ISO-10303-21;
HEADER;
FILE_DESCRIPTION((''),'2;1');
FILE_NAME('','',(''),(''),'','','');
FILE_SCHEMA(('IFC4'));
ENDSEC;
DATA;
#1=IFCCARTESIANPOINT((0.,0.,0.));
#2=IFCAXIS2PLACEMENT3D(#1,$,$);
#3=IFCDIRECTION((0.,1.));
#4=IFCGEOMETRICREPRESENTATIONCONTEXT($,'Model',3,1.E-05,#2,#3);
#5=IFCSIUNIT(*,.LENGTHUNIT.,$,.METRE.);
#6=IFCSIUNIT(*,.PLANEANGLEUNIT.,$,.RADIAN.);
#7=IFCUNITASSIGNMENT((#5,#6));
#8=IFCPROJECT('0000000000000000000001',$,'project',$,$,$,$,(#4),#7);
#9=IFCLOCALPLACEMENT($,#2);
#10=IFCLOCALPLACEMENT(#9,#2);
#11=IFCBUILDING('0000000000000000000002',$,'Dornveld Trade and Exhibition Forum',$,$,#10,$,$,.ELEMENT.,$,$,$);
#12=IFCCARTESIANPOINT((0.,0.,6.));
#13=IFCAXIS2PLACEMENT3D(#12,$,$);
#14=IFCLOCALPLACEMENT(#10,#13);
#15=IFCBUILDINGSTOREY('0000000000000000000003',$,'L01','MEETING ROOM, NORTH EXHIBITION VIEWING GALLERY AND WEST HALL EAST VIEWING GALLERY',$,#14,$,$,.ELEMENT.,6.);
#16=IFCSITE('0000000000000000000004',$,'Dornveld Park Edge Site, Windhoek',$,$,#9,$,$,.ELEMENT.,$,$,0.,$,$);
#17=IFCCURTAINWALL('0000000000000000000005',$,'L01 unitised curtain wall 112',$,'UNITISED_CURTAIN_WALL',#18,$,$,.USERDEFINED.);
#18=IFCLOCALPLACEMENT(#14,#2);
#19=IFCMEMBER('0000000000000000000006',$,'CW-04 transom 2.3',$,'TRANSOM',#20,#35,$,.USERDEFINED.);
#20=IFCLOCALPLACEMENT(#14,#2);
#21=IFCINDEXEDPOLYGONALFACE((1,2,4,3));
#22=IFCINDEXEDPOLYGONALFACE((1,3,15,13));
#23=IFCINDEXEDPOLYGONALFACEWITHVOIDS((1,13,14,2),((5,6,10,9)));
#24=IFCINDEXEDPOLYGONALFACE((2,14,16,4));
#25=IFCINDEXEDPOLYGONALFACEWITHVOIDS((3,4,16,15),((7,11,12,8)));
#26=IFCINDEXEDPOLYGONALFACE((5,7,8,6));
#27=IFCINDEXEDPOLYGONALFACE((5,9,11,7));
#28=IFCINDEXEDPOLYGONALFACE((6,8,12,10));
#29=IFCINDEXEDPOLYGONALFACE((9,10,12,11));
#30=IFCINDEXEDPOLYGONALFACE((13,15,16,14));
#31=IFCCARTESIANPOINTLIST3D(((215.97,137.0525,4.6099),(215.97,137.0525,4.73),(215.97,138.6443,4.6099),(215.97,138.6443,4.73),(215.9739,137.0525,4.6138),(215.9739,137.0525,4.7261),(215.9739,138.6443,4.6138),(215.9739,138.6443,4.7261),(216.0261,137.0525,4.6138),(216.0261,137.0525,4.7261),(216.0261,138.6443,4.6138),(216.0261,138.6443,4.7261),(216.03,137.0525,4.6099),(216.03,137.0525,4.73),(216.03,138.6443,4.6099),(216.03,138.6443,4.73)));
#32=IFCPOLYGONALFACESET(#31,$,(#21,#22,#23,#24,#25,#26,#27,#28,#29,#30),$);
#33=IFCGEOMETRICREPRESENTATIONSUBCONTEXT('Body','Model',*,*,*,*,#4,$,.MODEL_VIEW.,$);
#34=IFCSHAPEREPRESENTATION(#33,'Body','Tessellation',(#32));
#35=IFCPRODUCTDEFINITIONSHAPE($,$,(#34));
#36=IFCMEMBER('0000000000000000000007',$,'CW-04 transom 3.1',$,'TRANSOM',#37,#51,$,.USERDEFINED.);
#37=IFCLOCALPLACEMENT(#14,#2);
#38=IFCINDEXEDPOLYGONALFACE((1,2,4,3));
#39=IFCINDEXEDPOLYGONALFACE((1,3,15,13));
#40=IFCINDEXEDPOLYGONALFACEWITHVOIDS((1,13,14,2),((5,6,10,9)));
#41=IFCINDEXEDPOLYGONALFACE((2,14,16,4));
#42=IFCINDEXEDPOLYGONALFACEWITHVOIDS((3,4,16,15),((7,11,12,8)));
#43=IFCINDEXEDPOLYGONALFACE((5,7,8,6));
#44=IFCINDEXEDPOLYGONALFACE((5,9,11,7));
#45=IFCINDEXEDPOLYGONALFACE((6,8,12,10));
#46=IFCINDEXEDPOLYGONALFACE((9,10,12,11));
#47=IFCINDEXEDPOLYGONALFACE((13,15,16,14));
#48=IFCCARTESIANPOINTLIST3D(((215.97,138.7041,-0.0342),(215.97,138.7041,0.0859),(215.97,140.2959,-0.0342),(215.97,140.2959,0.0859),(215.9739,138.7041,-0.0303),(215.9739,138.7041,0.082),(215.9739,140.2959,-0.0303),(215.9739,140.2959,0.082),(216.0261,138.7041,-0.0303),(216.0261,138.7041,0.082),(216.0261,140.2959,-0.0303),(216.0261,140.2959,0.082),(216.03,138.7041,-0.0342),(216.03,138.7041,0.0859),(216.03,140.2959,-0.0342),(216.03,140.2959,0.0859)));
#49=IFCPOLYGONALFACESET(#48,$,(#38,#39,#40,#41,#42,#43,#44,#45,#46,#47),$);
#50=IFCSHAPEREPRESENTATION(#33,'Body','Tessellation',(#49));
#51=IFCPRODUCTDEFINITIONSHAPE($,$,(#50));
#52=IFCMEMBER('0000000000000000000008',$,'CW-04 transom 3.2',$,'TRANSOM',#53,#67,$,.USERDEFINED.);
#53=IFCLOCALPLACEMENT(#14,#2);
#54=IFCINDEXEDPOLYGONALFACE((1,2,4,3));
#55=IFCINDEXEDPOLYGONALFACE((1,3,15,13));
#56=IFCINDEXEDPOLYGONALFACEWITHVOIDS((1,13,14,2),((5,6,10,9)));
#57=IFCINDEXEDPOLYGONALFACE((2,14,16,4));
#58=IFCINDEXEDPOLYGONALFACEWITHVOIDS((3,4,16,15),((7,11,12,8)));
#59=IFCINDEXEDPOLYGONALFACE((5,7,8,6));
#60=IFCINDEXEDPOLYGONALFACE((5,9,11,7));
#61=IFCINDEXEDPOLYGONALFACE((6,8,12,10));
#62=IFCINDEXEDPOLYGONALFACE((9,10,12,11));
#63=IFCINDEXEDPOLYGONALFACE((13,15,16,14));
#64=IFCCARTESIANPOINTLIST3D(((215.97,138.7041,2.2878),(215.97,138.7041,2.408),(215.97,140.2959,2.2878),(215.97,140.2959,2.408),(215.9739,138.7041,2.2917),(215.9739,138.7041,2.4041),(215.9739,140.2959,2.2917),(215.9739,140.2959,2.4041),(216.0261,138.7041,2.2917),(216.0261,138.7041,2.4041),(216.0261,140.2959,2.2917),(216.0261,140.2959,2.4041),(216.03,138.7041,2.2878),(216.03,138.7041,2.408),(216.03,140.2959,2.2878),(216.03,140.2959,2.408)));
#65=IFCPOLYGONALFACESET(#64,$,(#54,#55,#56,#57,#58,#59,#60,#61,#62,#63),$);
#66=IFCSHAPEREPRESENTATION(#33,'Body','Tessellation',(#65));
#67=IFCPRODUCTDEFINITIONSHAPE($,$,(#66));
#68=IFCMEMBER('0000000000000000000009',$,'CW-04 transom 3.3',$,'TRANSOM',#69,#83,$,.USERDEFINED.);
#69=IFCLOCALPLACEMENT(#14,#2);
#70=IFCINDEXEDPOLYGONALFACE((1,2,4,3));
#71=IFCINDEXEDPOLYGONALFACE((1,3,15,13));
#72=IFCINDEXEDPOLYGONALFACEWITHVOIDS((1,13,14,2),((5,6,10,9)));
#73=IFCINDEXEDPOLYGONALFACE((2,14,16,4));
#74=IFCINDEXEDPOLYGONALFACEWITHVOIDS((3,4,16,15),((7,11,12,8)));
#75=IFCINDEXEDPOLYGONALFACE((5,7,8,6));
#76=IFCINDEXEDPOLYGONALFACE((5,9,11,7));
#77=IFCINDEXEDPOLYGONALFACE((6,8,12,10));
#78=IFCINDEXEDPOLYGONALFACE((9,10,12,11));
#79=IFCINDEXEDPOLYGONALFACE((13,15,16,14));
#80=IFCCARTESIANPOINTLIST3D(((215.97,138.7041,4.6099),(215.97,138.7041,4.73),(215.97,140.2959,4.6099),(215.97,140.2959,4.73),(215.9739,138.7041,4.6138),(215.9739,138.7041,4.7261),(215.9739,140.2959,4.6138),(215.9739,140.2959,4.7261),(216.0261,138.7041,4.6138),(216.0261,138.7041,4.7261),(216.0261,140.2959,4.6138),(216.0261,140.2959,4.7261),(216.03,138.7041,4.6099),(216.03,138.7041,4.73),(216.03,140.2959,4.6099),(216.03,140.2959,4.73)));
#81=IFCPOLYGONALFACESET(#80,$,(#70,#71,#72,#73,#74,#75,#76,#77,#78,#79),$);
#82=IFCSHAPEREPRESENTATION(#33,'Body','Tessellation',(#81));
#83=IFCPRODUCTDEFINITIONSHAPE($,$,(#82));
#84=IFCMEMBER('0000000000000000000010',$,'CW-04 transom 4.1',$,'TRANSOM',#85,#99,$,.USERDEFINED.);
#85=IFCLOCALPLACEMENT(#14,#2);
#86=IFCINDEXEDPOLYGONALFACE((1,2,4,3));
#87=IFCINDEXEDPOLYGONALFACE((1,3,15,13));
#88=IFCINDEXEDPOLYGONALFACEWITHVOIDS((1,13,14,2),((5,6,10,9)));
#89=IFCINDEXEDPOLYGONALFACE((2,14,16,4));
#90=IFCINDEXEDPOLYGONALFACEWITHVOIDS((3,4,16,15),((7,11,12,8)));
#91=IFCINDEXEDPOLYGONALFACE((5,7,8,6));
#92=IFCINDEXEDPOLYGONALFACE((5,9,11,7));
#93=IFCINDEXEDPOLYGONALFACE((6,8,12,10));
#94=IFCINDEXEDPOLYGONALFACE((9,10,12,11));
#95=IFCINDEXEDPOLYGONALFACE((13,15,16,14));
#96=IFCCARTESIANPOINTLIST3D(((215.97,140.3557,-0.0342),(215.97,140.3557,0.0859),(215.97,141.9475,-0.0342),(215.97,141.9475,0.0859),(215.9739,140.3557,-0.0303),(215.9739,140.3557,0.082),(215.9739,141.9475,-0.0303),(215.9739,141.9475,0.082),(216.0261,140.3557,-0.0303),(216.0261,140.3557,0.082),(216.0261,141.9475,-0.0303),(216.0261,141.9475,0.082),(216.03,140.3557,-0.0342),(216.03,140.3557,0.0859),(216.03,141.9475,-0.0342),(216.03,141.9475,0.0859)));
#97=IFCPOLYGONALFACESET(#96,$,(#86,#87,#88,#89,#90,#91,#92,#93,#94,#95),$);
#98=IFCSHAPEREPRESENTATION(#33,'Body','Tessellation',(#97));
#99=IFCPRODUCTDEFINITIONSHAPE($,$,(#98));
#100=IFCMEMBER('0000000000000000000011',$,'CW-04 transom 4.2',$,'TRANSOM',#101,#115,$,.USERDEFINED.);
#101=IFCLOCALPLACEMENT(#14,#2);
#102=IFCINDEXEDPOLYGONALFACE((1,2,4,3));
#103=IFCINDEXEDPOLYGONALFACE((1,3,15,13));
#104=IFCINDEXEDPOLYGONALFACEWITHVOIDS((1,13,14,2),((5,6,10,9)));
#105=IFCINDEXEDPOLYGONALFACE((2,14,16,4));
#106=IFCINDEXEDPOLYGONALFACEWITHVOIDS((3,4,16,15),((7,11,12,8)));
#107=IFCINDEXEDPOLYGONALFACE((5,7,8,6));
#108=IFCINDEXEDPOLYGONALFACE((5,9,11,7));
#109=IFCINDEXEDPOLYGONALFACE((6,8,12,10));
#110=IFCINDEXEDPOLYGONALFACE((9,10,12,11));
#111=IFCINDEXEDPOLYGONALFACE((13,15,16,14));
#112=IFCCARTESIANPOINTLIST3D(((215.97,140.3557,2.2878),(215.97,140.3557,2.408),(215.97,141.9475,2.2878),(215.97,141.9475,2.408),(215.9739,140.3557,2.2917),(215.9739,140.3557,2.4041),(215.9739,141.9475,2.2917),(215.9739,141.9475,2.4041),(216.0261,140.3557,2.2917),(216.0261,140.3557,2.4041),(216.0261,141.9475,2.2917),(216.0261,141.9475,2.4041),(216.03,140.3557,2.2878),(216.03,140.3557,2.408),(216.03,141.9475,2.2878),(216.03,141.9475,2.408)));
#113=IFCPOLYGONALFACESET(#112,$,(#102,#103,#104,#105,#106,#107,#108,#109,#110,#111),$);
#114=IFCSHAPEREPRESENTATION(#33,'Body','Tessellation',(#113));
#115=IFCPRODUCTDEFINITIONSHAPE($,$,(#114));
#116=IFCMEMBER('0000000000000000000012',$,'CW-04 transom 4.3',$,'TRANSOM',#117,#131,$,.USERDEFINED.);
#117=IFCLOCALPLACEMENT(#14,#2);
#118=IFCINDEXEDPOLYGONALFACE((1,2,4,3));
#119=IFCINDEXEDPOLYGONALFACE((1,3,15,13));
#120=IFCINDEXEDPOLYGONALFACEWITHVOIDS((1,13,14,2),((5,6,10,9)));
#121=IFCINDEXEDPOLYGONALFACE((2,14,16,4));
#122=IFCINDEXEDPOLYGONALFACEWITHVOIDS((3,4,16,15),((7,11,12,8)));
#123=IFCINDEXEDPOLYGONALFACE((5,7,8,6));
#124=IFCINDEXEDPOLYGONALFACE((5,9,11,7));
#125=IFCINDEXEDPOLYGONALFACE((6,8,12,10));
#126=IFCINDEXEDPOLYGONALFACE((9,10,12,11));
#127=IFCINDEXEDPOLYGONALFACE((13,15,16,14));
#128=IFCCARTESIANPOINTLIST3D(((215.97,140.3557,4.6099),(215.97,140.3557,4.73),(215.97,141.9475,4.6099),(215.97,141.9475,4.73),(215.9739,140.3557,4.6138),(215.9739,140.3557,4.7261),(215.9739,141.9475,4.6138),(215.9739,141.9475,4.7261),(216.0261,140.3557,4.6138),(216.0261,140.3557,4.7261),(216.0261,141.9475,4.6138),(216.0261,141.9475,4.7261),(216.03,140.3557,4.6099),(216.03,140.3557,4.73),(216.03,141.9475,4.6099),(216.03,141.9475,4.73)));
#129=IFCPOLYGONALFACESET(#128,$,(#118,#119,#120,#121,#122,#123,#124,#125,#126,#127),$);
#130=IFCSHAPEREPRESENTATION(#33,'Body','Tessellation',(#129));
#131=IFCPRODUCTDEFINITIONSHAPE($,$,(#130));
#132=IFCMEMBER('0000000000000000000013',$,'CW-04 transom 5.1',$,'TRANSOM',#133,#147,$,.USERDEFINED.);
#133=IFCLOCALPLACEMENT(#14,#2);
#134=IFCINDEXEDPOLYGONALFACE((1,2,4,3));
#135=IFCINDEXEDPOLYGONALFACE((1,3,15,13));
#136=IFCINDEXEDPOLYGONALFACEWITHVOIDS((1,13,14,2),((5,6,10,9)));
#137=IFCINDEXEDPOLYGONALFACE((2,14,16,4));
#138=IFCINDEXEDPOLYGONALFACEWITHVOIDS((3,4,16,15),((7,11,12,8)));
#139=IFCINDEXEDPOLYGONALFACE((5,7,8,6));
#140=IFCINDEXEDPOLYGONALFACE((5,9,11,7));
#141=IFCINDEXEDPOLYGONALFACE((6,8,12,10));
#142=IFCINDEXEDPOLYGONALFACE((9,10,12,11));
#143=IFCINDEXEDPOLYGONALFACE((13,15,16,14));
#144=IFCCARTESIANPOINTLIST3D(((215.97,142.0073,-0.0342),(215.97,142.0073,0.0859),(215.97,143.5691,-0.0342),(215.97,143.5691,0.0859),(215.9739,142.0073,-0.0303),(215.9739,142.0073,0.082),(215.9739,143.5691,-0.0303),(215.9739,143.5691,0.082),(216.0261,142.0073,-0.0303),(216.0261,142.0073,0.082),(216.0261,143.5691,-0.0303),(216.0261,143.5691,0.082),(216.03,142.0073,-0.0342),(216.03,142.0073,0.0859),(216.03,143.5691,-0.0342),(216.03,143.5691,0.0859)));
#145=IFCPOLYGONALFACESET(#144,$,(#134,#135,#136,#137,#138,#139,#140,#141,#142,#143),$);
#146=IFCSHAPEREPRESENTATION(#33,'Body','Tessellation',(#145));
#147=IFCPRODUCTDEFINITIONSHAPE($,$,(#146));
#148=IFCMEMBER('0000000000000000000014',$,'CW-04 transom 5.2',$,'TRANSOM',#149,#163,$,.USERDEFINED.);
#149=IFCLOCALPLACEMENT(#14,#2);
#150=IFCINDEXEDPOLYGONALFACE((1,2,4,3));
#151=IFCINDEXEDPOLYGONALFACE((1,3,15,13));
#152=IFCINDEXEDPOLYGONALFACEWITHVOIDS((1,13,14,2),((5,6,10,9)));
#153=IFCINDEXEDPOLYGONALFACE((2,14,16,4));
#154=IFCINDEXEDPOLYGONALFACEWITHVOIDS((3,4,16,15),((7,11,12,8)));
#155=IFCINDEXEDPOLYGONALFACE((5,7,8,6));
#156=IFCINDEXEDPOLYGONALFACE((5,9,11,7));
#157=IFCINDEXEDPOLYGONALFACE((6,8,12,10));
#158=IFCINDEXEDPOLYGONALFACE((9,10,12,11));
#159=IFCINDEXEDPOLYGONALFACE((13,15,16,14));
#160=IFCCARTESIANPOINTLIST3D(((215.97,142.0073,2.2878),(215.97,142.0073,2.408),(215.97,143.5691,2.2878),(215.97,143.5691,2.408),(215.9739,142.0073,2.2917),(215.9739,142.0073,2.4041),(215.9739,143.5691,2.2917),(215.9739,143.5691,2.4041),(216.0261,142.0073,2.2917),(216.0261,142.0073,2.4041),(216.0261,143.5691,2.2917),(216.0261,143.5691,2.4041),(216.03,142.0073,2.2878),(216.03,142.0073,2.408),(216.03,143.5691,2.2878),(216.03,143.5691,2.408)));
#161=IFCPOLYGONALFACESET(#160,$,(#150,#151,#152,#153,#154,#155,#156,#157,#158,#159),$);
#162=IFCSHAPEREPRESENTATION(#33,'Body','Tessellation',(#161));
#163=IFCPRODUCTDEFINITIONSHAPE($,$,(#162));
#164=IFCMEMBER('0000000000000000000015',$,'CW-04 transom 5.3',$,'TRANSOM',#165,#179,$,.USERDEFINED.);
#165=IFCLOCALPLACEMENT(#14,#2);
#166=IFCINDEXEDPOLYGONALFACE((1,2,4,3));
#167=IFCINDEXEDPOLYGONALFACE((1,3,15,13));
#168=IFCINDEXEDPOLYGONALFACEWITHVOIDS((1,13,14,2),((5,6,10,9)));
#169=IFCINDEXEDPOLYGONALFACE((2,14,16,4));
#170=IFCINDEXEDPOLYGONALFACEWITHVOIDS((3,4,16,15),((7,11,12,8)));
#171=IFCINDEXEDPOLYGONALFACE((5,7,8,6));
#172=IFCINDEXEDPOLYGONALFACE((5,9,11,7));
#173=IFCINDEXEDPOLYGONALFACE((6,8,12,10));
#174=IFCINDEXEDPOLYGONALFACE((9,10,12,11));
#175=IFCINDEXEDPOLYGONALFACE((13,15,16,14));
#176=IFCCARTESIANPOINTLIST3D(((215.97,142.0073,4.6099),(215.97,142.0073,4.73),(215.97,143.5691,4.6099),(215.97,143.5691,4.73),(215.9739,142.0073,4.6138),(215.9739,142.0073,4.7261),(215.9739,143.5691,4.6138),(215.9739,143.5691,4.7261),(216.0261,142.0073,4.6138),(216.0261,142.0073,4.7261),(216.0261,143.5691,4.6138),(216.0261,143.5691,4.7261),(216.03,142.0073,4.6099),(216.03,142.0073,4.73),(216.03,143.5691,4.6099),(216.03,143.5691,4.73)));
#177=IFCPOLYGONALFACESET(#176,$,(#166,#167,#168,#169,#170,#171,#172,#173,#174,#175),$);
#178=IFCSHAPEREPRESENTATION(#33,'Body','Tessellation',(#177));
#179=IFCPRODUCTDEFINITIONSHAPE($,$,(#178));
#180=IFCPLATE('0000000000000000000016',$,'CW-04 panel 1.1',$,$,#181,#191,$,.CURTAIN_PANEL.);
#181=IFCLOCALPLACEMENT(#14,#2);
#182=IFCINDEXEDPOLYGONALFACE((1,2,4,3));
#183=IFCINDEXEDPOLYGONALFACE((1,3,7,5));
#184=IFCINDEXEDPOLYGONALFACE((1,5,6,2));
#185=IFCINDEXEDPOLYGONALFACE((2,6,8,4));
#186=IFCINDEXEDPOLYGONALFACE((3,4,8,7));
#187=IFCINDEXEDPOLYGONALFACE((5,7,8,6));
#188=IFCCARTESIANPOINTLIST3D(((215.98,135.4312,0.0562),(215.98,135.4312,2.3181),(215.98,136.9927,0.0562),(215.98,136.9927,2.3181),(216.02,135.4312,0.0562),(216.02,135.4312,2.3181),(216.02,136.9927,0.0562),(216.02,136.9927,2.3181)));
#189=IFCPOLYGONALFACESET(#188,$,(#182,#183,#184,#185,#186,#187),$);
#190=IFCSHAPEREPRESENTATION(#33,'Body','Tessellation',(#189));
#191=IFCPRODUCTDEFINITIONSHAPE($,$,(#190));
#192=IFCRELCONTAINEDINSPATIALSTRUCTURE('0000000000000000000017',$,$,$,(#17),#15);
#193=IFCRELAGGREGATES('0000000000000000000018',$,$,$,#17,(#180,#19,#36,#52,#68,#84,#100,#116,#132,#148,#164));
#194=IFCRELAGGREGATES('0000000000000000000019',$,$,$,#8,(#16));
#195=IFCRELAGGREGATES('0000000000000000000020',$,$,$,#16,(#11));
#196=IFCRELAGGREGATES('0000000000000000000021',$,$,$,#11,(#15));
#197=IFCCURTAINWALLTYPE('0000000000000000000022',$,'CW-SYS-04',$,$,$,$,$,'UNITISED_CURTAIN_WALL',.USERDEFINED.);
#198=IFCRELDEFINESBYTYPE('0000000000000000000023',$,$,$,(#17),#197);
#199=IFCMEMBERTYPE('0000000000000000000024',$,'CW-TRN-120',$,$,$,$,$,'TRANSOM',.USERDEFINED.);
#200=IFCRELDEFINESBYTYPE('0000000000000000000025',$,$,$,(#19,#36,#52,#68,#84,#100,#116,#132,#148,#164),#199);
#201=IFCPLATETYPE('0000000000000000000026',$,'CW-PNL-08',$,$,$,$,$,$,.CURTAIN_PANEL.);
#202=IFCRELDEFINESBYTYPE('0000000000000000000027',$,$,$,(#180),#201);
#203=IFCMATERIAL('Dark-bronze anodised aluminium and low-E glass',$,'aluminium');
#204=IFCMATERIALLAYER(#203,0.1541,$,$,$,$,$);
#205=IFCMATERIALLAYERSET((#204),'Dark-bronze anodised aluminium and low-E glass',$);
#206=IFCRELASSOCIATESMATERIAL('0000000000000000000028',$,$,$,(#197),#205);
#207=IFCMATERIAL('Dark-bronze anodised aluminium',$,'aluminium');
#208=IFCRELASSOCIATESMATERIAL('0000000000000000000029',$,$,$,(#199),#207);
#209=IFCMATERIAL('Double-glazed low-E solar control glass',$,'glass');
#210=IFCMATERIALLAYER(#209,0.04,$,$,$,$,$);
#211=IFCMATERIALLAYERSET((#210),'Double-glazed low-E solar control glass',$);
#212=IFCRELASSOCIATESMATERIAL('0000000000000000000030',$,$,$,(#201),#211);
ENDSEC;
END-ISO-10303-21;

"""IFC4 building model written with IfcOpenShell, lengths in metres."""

from ifc_helpers import new_model, si_unit, direction, frame, origin, origin_2d, place, context, subcontext, project, spatial, rectangle, hollow_rectangle, extrude, material, layer, layer_set, material_profile, profile_set, type_object, element, aggregate, save


model = new_model("IFC4")

# Units and contexts
model_context = context("Model", 3, precision=1e-05, world=origin(), true_north=direction((0.0, 1.0)))
body_context = subcontext(model_context, "Body", "Model", "MODEL_VIEW")
ifc_project = project(units=[si_unit("LENGTHUNIT", "METRE"), si_unit("PLANEANGLEUNIT", "RADIAN")], contexts=[model_context])

# Site, building, storey
site_placement = place(None, origin())
site = spatial("IfcSite", under=ifc_project, at=site_placement, Name="Dornveld Park Edge Site, Windhoek", CompositionType="ELEMENT", RefElevation=0.0)
building_placement = place(site_placement, origin())
building = spatial("IfcBuilding", under=site, at=building_placement, Name="Dornveld Trade and Exhibition Forum", CompositionType="ELEMENT")
storey_placement = place(building_placement, frame((0.0, 0.0, 6.0)))
storey = spatial("IfcBuildingStorey", under=building, at=storey_placement, Name="L01", Description="MEETING ROOM, NORTH EXHIBITION VIEWING GALLERY AND WEST HALL EAST VIEWING GALLERY", CompositionType="ELEMENT", Elevation=6.0)

# Curtain wall, members, plate
ifc_material_1 = material(Name="Dark-bronze anodised aluminium and low-E glass", Category="aluminium")
ifc_layer_1 = layer(ifc_material_1, 0.1541)
ifc_layer_set_1 = layer_set([ifc_layer_1], Name="Dark-bronze anodised aluminium and low-E glass")
curtain_wall_type = type_object("IfcCurtainWallType", Name="CW-SYS-04", ElementType="UNITISED_CURTAIN_WALL", PredefinedType="USERDEFINED", material=ifc_layer_set_1)
curtain_wall_placement = place(storey_placement, origin())
curtain_wall = element("IfcCurtainWall", 1, at=curtain_wall_placement, inside=storey, type_object=curtain_wall_type, Name="L01 unitised curtain wall 112", ObjectType="UNITISED_CURTAIN_WALL", PredefinedType="USERDEFINED")
ifc_material_2 = material(Name="Dark-bronze anodised aluminium", Category="aluminium")
ifc_material_profile_1 = material_profile(ifc_material_2, hollow_rectangle(XDim=0.0601, YDim=0.1201, WallThickness=0.0039, at=origin_2d()), Name="RHS 120x60x4")
ifc_profile_set_1 = profile_set([ifc_material_profile_1], Name="Dark-bronze anodised aluminium")
member_type_1 = type_object("IfcMemberType", Name="CW-TRN-120", ElementType="TRANSOM", PredefinedType="USERDEFINED", material=ifc_profile_set_1)
member_1_placement = place(storey_placement, frame((216.0, 137.0525, 4.6699), z_axis=(0.0, 1.0, 0.0), x_axis=(-1.0, 0.0, 0.0)))
member_1 = element("IfcMember", 2, at=member_1_placement, type_object=member_type_1, Name="CW-04 transom 2.3", ObjectType="TRANSOM", PredefinedType="USERDEFINED", context=body_context, shape_type="SweptSolid", body=[
    extrude(hollow_rectangle(XDim=0.0601, YDim=0.1201, WallThickness=0.0039, at=origin_2d()), origin(), (0.0, 0.0, 1.0), 1.5918),
])
member_2_placement = place(storey_placement, frame((216.0, 138.7041, 0.0259), z_axis=(0.0, 1.0, 0.0), x_axis=(-1.0, 0.0, 0.0)))
member_2 = element("IfcMember", 3, at=member_2_placement, type_object=member_type_1, Name="CW-04 transom 3.1", ObjectType="TRANSOM", PredefinedType="USERDEFINED", context=body_context, shape_type="SweptSolid", body=[
    extrude(hollow_rectangle(XDim=0.0601, YDim=0.1201, WallThickness=0.0039, at=origin_2d()), origin(), (0.0, 0.0, 1.0), 1.5918),
])
member_3_placement = place(storey_placement, frame((216.0, 138.7041, 2.3479), z_axis=(0.0, 1.0, 0.0), x_axis=(-1.0, 0.0, 0.0)))
member_3 = element("IfcMember", 4, at=member_3_placement, type_object=member_type_1, Name="CW-04 transom 3.2", ObjectType="TRANSOM", PredefinedType="USERDEFINED", context=body_context, shape_type="SweptSolid", body=[
    extrude(hollow_rectangle(XDim=0.0601, YDim=0.1201, WallThickness=0.0039, at=origin_2d()), origin(), (0.0, 0.0, 1.0), 1.5918),
])
member_4_placement = place(storey_placement, frame((216.0, 138.7041, 4.6699), z_axis=(0.0, 1.0, 0.0), x_axis=(-1.0, 0.0, 0.0)))
member_4 = element("IfcMember", 5, at=member_4_placement, type_object=member_type_1, Name="CW-04 transom 3.3", ObjectType="TRANSOM", PredefinedType="USERDEFINED", context=body_context, shape_type="SweptSolid", body=[
    extrude(hollow_rectangle(XDim=0.0601, YDim=0.1201, WallThickness=0.0039, at=origin_2d()), origin(), (0.0, 0.0, 1.0), 1.5918),
])
member_5_placement = place(storey_placement, frame((216.0, 140.3557, 0.0259), z_axis=(0.0, 1.0, 0.0), x_axis=(-1.0, 0.0, 0.0)))
member_5 = element("IfcMember", 6, at=member_5_placement, type_object=member_type_1, Name="CW-04 transom 4.1", ObjectType="TRANSOM", PredefinedType="USERDEFINED", context=body_context, shape_type="SweptSolid", body=[
    extrude(hollow_rectangle(XDim=0.0601, YDim=0.1201, WallThickness=0.0039, at=origin_2d()), origin(), (0.0, 0.0, 1.0), 1.5918),
])
member_6_placement = place(storey_placement, frame((216.0, 140.3557, 2.3479), z_axis=(0.0, 1.0, 0.0), x_axis=(-1.0, 0.0, 0.0)))
member_6 = element("IfcMember", 7, at=member_6_placement, type_object=member_type_1, Name="CW-04 transom 4.2", ObjectType="TRANSOM", PredefinedType="USERDEFINED", context=body_context, shape_type="SweptSolid", body=[
    extrude(hollow_rectangle(XDim=0.0601, YDim=0.1201, WallThickness=0.0039, at=origin_2d()), origin(), (0.0, 0.0, 1.0), 1.5918),
])
member_7_placement = place(storey_placement, frame((216.0, 140.3557, 4.6699), z_axis=(0.0, 1.0, 0.0), x_axis=(-1.0, 0.0, 0.0)))
member_7 = element("IfcMember", 8, at=member_7_placement, type_object=member_type_1, Name="CW-04 transom 4.3", ObjectType="TRANSOM", PredefinedType="USERDEFINED", context=body_context, shape_type="SweptSolid", body=[
    extrude(hollow_rectangle(XDim=0.0601, YDim=0.1201, WallThickness=0.0039, at=origin_2d()), origin(), (0.0, 0.0, 1.0), 1.5918),
])
member_8_placement = place(storey_placement, frame((216.0, 142.0073, 0.0259), z_axis=(0.0, 1.0, 0.0), x_axis=(-1.0, 0.0, 0.0)))
member_8 = element("IfcMember", 9, at=member_8_placement, type_object=member_type_1, Name="CW-04 transom 5.1", ObjectType="TRANSOM", PredefinedType="USERDEFINED", context=body_context, shape_type="SweptSolid", body=[
    extrude(hollow_rectangle(XDim=0.0601, YDim=0.1201, WallThickness=0.0039, at=origin_2d()), origin(), (0.0, 0.0, 1.0), 1.5618),
])
member_9_placement = place(storey_placement, frame((216.0, 142.0073, 2.3479), z_axis=(0.0, 1.0, 0.0), x_axis=(-1.0, 0.0, 0.0)))
member_9 = element("IfcMember", 10, at=member_9_placement, type_object=member_type_1, Name="CW-04 transom 5.2", ObjectType="TRANSOM", PredefinedType="USERDEFINED", context=body_context, shape_type="SweptSolid", body=[
    extrude(hollow_rectangle(XDim=0.0601, YDim=0.1201, WallThickness=0.0039, at=origin_2d()), origin(), (0.0, 0.0, 1.0), 1.5618),
])
member_10_placement = place(storey_placement, frame((216.0, 142.0073, 4.6699), z_axis=(0.0, 1.0, 0.0), x_axis=(-1.0, 0.0, 0.0)))
member_10 = element("IfcMember", 11, at=member_10_placement, type_object=member_type_1, Name="CW-04 transom 5.3", ObjectType="TRANSOM", PredefinedType="USERDEFINED", context=body_context, shape_type="SweptSolid", body=[
    extrude(hollow_rectangle(XDim=0.0601, YDim=0.1201, WallThickness=0.0039, at=origin_2d()), origin(), (0.0, 0.0, 1.0), 1.5618),
])
ifc_material_3 = material(Name="Double-glazed low-E solar control glass", Category="glass")
ifc_layer_2 = layer(ifc_material_3, 0.04)
ifc_layer_set_2 = layer_set([ifc_layer_2], Name="Double-glazed low-E solar control glass")
plate_type = type_object("IfcPlateType", Name="CW-PNL-08", PredefinedType="CURTAIN_PANEL", material=ifc_layer_set_2)
plate_1_placement = place(storey_placement, frame((216.0, 136.2119, 0.0562), z_axis=(0.0, 0.0, 1.0), x_axis=(0.0, 1.0, 0.0)))
plate_1 = element("IfcPlate", 12, at=plate_1_placement, type_object=plate_type, Name="CW-04 panel 1.1", PredefinedType="CURTAIN_PANEL", context=body_context, shape_type="SweptSolid", body=[
    extrude(rectangle(XDim=1.5615, YDim=0.04, at=origin_2d()), origin(), (0.0, 0.0, 1.0), 2.262),
])
aggregate(curtain_wall, [plate_1, member_1, member_2, member_3, member_4, member_5, member_6, member_7, member_8, member_9, member_10])

save(model, "model.ifc")
